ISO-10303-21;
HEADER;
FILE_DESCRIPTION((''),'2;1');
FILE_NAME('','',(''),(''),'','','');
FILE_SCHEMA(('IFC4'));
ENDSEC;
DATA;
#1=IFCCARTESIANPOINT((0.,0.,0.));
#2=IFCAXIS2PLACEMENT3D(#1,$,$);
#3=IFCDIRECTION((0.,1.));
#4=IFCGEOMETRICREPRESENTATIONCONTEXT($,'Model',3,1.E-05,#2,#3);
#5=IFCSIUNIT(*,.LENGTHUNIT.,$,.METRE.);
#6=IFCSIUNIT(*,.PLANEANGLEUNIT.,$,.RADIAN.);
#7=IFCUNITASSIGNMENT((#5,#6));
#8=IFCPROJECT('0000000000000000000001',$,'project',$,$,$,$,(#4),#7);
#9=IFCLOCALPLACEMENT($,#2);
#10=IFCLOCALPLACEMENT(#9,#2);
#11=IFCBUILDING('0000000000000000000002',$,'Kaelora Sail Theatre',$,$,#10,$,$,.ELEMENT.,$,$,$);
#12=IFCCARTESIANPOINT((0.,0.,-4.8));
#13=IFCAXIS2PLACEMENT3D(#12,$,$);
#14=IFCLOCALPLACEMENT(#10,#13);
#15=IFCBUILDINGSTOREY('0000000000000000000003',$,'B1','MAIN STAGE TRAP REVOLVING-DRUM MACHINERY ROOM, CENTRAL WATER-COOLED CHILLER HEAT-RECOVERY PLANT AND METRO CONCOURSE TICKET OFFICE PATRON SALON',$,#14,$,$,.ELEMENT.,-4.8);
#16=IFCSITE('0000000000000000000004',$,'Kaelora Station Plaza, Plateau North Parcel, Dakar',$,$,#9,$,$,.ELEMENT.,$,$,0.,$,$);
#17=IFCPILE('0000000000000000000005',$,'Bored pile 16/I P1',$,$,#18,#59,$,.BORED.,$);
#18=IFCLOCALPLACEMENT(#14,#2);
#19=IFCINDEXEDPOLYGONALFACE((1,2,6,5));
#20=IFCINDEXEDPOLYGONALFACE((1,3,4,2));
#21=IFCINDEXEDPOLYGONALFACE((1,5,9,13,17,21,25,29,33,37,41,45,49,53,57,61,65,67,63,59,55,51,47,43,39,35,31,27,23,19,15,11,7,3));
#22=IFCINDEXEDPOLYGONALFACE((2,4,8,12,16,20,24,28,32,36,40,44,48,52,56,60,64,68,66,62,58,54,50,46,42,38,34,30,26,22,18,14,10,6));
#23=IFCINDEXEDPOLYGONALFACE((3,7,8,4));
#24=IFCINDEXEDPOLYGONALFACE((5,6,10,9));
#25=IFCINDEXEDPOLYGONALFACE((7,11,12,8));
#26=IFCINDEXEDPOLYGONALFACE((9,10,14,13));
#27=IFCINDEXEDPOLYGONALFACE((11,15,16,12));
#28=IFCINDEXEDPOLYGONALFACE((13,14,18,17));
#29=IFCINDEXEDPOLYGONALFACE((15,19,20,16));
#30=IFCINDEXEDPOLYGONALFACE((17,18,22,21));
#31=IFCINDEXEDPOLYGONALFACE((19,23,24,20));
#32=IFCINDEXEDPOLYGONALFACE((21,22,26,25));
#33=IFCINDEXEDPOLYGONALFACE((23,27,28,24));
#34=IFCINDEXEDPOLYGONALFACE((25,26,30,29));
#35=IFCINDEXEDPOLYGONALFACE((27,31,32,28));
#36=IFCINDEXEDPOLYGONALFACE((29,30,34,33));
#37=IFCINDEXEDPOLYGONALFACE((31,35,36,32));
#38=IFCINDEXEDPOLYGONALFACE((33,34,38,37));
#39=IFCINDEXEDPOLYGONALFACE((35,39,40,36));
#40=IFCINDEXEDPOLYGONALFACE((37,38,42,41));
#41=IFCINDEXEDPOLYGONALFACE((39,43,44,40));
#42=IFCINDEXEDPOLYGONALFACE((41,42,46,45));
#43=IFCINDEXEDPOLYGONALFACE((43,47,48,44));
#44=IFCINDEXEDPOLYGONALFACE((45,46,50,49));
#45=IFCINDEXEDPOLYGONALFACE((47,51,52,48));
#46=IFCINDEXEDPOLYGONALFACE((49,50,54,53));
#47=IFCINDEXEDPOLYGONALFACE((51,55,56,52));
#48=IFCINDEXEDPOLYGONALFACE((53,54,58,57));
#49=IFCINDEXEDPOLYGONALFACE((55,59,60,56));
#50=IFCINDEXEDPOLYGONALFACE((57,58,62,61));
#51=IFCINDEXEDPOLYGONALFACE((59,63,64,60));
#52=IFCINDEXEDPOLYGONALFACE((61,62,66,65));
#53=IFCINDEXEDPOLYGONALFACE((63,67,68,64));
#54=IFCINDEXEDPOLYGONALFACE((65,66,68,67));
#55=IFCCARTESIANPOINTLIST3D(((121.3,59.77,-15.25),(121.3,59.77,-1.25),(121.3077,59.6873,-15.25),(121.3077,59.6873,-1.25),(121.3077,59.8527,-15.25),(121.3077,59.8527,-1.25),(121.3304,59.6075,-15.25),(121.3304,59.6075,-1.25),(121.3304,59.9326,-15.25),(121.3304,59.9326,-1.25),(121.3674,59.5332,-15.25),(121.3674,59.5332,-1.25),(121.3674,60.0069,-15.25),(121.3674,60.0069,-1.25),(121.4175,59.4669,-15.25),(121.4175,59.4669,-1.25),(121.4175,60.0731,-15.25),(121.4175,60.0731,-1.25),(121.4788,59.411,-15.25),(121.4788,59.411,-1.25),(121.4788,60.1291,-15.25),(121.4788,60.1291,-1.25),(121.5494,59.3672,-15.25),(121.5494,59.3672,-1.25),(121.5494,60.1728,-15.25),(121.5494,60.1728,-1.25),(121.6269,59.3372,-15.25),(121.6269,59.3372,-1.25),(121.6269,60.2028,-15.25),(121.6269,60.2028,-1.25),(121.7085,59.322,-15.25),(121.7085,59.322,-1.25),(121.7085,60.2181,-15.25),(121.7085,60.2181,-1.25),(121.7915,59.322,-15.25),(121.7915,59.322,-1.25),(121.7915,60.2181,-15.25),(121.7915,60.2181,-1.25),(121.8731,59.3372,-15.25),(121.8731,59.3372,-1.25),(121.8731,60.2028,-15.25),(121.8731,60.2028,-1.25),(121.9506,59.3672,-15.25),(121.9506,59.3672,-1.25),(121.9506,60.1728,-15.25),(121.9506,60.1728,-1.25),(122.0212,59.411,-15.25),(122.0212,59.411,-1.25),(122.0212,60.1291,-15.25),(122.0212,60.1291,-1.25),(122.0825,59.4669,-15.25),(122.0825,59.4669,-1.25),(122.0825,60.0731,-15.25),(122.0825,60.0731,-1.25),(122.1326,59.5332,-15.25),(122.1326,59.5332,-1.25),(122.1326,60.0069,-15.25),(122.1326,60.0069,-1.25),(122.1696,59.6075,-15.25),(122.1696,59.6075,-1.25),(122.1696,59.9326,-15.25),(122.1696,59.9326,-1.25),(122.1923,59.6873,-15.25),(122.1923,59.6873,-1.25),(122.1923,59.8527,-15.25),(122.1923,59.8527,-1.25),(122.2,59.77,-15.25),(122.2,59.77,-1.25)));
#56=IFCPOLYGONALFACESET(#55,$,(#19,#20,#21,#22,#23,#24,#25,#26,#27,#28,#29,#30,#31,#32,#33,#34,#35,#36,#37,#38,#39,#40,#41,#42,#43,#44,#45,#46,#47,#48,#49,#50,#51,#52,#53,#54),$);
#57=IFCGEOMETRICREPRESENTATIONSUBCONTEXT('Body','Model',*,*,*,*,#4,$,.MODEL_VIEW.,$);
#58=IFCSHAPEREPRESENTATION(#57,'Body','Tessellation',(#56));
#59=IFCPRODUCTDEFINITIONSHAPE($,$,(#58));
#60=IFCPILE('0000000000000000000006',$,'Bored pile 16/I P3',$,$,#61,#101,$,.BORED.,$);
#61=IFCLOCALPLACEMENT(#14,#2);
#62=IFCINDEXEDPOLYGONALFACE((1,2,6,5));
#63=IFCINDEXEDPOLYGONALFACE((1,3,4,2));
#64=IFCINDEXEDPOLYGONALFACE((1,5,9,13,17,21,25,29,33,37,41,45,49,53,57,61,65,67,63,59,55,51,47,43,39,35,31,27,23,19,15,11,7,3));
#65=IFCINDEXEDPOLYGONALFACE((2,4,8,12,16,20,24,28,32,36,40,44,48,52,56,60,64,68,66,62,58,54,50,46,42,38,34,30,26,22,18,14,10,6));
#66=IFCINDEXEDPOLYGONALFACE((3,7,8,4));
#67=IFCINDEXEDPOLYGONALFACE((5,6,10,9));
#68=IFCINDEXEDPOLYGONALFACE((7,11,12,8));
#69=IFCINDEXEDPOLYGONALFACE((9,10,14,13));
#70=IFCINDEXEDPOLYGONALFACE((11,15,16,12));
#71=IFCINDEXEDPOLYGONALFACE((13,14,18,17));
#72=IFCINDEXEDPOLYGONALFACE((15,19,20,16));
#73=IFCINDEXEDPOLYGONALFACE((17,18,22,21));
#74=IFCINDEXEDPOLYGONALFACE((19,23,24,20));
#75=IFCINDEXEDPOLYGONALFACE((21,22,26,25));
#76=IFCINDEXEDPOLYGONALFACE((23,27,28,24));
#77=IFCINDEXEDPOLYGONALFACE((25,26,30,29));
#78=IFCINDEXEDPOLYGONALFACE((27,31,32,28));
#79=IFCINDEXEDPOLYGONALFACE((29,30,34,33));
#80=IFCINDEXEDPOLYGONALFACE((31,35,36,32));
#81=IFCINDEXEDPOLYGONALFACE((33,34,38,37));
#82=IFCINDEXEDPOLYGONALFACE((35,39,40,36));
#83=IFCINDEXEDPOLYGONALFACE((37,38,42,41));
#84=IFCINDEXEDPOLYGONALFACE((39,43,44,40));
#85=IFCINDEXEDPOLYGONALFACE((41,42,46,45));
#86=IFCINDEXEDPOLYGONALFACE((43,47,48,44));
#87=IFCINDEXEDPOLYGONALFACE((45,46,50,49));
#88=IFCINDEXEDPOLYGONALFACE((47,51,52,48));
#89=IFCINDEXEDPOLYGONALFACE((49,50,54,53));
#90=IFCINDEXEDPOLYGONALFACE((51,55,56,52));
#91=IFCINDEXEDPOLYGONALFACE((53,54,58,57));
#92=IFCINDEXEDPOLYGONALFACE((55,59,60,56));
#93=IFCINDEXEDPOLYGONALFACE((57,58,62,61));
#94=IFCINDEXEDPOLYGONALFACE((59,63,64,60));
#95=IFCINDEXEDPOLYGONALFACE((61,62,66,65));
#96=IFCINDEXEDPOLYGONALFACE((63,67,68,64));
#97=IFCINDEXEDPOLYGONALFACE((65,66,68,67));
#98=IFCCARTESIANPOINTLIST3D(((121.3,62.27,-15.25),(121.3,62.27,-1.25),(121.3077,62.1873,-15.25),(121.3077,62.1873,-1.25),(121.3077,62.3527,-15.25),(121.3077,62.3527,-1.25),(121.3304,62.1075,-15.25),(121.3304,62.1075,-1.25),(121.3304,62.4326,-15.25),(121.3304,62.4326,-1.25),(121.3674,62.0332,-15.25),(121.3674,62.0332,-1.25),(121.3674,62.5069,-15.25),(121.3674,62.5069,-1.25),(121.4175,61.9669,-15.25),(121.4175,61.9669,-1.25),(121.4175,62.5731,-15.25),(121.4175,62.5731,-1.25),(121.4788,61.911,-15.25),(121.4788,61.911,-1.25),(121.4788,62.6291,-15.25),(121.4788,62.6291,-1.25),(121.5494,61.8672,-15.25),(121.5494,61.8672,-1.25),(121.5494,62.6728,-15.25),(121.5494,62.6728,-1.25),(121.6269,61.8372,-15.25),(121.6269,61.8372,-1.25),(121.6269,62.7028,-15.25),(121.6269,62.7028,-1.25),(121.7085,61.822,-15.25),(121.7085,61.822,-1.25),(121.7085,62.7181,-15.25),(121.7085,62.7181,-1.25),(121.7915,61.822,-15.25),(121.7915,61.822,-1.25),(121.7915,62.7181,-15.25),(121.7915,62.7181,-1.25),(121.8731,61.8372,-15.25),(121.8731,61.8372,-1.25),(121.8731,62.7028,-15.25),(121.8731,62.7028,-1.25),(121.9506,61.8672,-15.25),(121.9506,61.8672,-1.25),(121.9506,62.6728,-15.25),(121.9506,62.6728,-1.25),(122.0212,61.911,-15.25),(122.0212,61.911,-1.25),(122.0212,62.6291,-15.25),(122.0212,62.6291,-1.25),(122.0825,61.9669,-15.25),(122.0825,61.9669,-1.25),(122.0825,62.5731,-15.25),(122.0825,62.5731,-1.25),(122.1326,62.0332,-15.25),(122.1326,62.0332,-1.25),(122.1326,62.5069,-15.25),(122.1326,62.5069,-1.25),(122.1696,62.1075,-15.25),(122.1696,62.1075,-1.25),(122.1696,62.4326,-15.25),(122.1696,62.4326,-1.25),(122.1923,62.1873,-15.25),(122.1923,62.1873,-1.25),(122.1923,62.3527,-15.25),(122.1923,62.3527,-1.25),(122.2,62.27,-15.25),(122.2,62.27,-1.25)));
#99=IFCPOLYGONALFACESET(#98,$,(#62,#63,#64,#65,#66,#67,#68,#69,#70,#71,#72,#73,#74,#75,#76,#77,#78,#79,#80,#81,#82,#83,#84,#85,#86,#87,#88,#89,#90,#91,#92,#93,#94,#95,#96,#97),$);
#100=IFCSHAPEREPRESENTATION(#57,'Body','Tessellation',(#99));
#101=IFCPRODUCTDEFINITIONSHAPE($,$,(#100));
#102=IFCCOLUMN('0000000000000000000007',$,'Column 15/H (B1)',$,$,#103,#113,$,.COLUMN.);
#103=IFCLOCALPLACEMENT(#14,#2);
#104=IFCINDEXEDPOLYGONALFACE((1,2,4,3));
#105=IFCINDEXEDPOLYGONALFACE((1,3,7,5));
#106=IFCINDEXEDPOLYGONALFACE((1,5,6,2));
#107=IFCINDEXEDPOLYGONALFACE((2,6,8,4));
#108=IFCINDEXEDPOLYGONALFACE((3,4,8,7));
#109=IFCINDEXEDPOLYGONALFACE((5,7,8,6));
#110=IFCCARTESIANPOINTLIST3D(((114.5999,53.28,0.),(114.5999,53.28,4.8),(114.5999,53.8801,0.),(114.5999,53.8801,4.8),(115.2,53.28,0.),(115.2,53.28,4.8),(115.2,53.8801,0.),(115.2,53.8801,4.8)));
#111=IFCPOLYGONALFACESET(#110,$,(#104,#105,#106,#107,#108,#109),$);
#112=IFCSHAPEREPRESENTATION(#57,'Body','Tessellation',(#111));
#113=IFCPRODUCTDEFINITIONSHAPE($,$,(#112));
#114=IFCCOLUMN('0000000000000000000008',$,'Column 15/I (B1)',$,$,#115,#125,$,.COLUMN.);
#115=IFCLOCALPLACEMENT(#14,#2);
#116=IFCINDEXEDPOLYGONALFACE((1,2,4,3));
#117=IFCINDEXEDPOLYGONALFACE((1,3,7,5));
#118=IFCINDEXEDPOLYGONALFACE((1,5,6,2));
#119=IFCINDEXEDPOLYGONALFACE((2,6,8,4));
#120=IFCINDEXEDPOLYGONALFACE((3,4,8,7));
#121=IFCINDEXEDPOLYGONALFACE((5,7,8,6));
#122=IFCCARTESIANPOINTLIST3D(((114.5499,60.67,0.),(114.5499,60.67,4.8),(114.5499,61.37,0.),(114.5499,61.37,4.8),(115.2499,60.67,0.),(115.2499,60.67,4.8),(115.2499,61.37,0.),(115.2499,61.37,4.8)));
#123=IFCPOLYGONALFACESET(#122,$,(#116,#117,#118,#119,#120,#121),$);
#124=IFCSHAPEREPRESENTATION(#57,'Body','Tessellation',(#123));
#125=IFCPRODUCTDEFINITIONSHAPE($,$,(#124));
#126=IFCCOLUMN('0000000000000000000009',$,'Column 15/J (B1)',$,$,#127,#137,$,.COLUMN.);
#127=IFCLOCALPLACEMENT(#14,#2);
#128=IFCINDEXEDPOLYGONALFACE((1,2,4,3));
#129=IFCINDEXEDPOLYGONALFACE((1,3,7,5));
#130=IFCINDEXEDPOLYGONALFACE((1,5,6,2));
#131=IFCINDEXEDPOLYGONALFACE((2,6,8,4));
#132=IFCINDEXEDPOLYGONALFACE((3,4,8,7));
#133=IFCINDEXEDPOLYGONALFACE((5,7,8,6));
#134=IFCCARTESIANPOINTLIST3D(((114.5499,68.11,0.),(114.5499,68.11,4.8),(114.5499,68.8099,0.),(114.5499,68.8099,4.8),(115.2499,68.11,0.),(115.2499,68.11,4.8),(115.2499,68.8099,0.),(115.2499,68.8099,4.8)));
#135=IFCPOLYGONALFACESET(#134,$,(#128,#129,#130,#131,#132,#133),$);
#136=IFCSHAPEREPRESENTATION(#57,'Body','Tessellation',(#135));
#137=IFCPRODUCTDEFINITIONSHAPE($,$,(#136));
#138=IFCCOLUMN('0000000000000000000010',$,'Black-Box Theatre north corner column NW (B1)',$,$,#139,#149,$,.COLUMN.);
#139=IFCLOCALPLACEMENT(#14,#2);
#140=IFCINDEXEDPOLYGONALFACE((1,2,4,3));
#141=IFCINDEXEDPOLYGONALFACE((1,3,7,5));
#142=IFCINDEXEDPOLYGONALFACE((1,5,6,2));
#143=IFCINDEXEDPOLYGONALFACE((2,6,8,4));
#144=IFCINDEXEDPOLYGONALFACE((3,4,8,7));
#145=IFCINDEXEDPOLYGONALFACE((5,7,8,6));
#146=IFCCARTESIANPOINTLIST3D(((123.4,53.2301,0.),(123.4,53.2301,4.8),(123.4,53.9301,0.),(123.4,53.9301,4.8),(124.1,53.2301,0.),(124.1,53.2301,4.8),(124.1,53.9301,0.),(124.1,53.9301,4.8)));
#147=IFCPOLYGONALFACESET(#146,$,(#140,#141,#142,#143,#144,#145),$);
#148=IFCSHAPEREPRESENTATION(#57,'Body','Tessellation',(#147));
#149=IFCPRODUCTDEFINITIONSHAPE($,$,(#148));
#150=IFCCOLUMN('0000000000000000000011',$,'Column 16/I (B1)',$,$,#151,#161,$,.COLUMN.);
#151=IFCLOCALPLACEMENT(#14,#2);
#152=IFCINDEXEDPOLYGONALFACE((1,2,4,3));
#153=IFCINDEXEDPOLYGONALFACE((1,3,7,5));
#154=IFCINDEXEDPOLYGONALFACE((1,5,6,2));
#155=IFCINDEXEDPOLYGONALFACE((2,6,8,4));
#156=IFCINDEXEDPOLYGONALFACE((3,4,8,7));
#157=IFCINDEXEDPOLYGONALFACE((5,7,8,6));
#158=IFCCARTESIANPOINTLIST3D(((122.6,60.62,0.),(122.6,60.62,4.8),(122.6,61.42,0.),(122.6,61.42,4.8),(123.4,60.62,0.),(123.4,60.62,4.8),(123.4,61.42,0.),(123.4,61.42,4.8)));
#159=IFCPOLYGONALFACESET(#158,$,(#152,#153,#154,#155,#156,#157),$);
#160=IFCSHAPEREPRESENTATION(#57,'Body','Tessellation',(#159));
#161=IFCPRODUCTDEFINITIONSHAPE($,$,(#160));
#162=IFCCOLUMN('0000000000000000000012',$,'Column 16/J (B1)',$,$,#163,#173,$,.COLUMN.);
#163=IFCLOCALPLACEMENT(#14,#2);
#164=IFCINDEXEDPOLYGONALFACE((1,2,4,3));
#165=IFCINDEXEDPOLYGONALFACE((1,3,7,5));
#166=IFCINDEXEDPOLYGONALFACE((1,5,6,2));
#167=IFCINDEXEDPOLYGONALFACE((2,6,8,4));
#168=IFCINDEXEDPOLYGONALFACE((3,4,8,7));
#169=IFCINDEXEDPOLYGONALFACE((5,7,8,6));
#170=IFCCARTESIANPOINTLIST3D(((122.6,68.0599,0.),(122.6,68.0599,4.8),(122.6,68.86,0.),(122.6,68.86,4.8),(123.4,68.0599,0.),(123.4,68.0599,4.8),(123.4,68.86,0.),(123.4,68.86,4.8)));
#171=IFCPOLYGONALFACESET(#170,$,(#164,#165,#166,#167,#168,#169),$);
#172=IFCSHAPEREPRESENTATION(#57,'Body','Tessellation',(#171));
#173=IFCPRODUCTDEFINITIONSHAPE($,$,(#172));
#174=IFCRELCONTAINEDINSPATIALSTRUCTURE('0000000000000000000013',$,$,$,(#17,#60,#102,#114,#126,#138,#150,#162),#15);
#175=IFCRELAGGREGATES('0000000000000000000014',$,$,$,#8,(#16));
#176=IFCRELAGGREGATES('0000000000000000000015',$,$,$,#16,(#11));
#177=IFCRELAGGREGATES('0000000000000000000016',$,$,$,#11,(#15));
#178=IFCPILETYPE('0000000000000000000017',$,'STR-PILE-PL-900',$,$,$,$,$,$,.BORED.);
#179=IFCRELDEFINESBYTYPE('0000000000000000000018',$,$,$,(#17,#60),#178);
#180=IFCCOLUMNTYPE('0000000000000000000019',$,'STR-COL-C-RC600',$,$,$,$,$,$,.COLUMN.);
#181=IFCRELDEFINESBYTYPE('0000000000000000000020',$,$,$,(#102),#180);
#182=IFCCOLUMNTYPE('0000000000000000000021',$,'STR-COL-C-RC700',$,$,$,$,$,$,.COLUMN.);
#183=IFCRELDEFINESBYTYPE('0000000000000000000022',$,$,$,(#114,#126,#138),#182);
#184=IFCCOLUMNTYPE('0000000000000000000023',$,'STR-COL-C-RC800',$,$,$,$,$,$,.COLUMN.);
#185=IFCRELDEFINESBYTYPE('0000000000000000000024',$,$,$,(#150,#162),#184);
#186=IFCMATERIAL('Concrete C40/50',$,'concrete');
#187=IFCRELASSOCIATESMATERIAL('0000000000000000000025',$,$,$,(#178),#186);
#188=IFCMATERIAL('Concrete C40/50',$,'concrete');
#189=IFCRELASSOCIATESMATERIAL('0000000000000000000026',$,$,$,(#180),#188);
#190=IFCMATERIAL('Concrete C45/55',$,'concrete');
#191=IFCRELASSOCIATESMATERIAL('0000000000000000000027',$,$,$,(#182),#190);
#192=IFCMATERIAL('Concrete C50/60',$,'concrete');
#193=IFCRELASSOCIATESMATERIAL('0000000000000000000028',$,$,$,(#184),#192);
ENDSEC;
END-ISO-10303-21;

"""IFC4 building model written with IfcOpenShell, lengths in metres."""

from ifc_helpers import new_model, si_unit, direction, frame, origin, origin_2d, place, context, subcontext, project, spatial, rectangle, circle, extrude, material, material_profile, profile_set, type_object, element, save


model = new_model("IFC4")

# Units and contexts
model_context = context("Model", 3, precision=1e-05, world=origin(), true_north=direction((0.0, 1.0)))
body_context = subcontext(model_context, "Body", "Model", "MODEL_VIEW")
ifc_project = project(units=[si_unit("LENGTHUNIT", "METRE"), si_unit("PLANEANGLEUNIT", "RADIAN")], contexts=[model_context])

# Site, building, storey
site_placement = place(None, origin())
site = spatial("IfcSite", under=ifc_project, at=site_placement, Name="Kaelora Station Plaza, Plateau North Parcel, Dakar", CompositionType="ELEMENT", RefElevation=0.0)
building_placement = place(site_placement, origin())
building = spatial("IfcBuilding", under=site, at=building_placement, Name="Kaelora Sail Theatre", CompositionType="ELEMENT")
storey_placement = place(building_placement, frame((0.0, 0.0, -4.8)))
storey = spatial("IfcBuildingStorey", under=building, at=storey_placement, Name="B1", Description="MAIN STAGE TRAP REVOLVING-DRUM MACHINERY ROOM, CENTRAL WATER-COOLED CHILLER HEAT-RECOVERY PLANT AND METRO CONCOURSE TICKET OFFICE PATRON SALON", CompositionType="ELEMENT", Elevation=-4.8)

# Piles
ifc_material_1 = material(Name="Concrete C40/50", Category="concrete")
ifc_material_profile_1 = material_profile(ifc_material_1, circle(Radius=0.45, at=origin_2d()), Name="PILE D900")
ifc_profile_set_1 = profile_set([ifc_material_profile_1], Name="Concrete C40/50")
pile_type_1 = type_object("IfcPileType", Name="STR-PILE-PL-900", PredefinedType="BORED", material=ifc_profile_set_1)
for number, where, z_axis, x_axis, name in (
    (1, (121.75, 59.77, -1.25), (0.0, 0.0, -1.0), (1.0, 0.0, 0.0), "Bored pile 16/I P1"),
    (2, (121.75, 62.27, -1.25), (0.0, 0.0, -1.0), (1.0, 0.0, 0.0), "Bored pile 16/I P3"),
):
    element("IfcPile", number, at=place(storey_placement, frame(where, z_axis=z_axis, x_axis=x_axis)), inside=storey, type_object=pile_type_1, Name=name, PredefinedType="BORED", context=body_context, shape_type="SweptSolid", body=[
        extrude(circle(Radius=0.45, at=origin_2d()), origin(), (0.0, 0.0, 1.0), 14.0),
    ])

# Columns
ifc_material_2 = material(Name="Concrete C40/50", Category="concrete")
ifc_material_profile_2 = material_profile(ifc_material_2, rectangle(XDim=0.6001, YDim=0.6001, at=origin_2d()), Name="RC-COL 600x600")
ifc_profile_set_2 = profile_set([ifc_material_profile_2], Name="Concrete C40/50")
column_type_1 = type_object("IfcColumnType", Name="STR-COL-C-RC600", PredefinedType="COLUMN", material=ifc_profile_set_2)
column_1_placement = place(storey_placement, frame((114.8999, 53.5801, 0.0), z_axis=(0.0, 0.0, 1.0), x_axis=(1.0, 0.0, 0.0)))
element("IfcColumn", 3, at=column_1_placement, inside=storey, type_object=column_type_1, Name="Column 15/H (B1)", PredefinedType="COLUMN", context=body_context, shape_type="SweptSolid", body=[
    extrude(rectangle(XDim=0.6001, YDim=0.6001, at=origin_2d()), origin(), (0.0, 0.0, 1.0), 4.8),
])
ifc_material_3 = material(Name="Concrete C45/55", Category="concrete")
ifc_material_profile_3 = material_profile(ifc_material_3, rectangle(XDim=0.7, YDim=0.7, at=origin_2d()), Name="RC-COL 700x700")
ifc_profile_set_3 = profile_set([ifc_material_profile_3], Name="Concrete C45/55")
column_type_2 = type_object("IfcColumnType", Name="STR-COL-C-RC700", PredefinedType="COLUMN", material=ifc_profile_set_3)
for number, where, z_axis, x_axis, name in (
    (4, (114.8999, 61.02, 0.0), (0.0, 0.0, 1.0), (1.0, 0.0, 0.0), "Column 15/I (B1)"),
    (5, (114.8999, 68.46, 0.0), (0.0, 0.0, 1.0), (1.0, 0.0, 0.0), "Column 15/J (B1)"),
    (6, (123.75, 53.5801, 0.0), (0.0, 0.0, 1.0), (1.0, 0.0, 0.0), "Black-Box Theatre north corner column NW (B1)"),
):
    element("IfcColumn", number, at=place(storey_placement, frame(where, z_axis=z_axis, x_axis=x_axis)), inside=storey, type_object=column_type_2, Name=name, PredefinedType="COLUMN", context=body_context, shape_type="SweptSolid", body=[
        extrude(rectangle(XDim=0.7, YDim=0.7, at=origin_2d()), origin(), (0.0, 0.0, 1.0), 4.8),
    ])
ifc_material_4 = material(Name="Concrete C50/60", Category="concrete")
ifc_material_profile_4 = material_profile(ifc_material_4, rectangle(XDim=0.8, YDim=0.8, at=origin_2d()), Name="RC-COL 800x800")
ifc_profile_set_4 = profile_set([ifc_material_profile_4], Name="Concrete C50/60")
column_type_3 = type_object("IfcColumnType", Name="STR-COL-C-RC800", PredefinedType="COLUMN", material=ifc_profile_set_4)
for number, where, z_axis, x_axis, name in (
    (7, (123.0, 61.02, 0.0), (0.0, 0.0, 1.0), (1.0, 0.0, 0.0), "Column 16/I (B1)"),
    (8, (123.0, 68.46, 0.0), (0.0, 0.0, 1.0), (1.0, 0.0, 0.0), "Column 16/J (B1)"),
):
    element("IfcColumn", number, at=place(storey_placement, frame(where, z_axis=z_axis, x_axis=x_axis)), inside=storey, type_object=column_type_3, Name=name, PredefinedType="COLUMN", context=body_context, shape_type="SweptSolid", body=[
        extrude(rectangle(XDim=0.8, YDim=0.8, at=origin_2d()), origin(), (0.0, 0.0, 1.0), 4.8),
    ])

save(model, "model.ifc")
